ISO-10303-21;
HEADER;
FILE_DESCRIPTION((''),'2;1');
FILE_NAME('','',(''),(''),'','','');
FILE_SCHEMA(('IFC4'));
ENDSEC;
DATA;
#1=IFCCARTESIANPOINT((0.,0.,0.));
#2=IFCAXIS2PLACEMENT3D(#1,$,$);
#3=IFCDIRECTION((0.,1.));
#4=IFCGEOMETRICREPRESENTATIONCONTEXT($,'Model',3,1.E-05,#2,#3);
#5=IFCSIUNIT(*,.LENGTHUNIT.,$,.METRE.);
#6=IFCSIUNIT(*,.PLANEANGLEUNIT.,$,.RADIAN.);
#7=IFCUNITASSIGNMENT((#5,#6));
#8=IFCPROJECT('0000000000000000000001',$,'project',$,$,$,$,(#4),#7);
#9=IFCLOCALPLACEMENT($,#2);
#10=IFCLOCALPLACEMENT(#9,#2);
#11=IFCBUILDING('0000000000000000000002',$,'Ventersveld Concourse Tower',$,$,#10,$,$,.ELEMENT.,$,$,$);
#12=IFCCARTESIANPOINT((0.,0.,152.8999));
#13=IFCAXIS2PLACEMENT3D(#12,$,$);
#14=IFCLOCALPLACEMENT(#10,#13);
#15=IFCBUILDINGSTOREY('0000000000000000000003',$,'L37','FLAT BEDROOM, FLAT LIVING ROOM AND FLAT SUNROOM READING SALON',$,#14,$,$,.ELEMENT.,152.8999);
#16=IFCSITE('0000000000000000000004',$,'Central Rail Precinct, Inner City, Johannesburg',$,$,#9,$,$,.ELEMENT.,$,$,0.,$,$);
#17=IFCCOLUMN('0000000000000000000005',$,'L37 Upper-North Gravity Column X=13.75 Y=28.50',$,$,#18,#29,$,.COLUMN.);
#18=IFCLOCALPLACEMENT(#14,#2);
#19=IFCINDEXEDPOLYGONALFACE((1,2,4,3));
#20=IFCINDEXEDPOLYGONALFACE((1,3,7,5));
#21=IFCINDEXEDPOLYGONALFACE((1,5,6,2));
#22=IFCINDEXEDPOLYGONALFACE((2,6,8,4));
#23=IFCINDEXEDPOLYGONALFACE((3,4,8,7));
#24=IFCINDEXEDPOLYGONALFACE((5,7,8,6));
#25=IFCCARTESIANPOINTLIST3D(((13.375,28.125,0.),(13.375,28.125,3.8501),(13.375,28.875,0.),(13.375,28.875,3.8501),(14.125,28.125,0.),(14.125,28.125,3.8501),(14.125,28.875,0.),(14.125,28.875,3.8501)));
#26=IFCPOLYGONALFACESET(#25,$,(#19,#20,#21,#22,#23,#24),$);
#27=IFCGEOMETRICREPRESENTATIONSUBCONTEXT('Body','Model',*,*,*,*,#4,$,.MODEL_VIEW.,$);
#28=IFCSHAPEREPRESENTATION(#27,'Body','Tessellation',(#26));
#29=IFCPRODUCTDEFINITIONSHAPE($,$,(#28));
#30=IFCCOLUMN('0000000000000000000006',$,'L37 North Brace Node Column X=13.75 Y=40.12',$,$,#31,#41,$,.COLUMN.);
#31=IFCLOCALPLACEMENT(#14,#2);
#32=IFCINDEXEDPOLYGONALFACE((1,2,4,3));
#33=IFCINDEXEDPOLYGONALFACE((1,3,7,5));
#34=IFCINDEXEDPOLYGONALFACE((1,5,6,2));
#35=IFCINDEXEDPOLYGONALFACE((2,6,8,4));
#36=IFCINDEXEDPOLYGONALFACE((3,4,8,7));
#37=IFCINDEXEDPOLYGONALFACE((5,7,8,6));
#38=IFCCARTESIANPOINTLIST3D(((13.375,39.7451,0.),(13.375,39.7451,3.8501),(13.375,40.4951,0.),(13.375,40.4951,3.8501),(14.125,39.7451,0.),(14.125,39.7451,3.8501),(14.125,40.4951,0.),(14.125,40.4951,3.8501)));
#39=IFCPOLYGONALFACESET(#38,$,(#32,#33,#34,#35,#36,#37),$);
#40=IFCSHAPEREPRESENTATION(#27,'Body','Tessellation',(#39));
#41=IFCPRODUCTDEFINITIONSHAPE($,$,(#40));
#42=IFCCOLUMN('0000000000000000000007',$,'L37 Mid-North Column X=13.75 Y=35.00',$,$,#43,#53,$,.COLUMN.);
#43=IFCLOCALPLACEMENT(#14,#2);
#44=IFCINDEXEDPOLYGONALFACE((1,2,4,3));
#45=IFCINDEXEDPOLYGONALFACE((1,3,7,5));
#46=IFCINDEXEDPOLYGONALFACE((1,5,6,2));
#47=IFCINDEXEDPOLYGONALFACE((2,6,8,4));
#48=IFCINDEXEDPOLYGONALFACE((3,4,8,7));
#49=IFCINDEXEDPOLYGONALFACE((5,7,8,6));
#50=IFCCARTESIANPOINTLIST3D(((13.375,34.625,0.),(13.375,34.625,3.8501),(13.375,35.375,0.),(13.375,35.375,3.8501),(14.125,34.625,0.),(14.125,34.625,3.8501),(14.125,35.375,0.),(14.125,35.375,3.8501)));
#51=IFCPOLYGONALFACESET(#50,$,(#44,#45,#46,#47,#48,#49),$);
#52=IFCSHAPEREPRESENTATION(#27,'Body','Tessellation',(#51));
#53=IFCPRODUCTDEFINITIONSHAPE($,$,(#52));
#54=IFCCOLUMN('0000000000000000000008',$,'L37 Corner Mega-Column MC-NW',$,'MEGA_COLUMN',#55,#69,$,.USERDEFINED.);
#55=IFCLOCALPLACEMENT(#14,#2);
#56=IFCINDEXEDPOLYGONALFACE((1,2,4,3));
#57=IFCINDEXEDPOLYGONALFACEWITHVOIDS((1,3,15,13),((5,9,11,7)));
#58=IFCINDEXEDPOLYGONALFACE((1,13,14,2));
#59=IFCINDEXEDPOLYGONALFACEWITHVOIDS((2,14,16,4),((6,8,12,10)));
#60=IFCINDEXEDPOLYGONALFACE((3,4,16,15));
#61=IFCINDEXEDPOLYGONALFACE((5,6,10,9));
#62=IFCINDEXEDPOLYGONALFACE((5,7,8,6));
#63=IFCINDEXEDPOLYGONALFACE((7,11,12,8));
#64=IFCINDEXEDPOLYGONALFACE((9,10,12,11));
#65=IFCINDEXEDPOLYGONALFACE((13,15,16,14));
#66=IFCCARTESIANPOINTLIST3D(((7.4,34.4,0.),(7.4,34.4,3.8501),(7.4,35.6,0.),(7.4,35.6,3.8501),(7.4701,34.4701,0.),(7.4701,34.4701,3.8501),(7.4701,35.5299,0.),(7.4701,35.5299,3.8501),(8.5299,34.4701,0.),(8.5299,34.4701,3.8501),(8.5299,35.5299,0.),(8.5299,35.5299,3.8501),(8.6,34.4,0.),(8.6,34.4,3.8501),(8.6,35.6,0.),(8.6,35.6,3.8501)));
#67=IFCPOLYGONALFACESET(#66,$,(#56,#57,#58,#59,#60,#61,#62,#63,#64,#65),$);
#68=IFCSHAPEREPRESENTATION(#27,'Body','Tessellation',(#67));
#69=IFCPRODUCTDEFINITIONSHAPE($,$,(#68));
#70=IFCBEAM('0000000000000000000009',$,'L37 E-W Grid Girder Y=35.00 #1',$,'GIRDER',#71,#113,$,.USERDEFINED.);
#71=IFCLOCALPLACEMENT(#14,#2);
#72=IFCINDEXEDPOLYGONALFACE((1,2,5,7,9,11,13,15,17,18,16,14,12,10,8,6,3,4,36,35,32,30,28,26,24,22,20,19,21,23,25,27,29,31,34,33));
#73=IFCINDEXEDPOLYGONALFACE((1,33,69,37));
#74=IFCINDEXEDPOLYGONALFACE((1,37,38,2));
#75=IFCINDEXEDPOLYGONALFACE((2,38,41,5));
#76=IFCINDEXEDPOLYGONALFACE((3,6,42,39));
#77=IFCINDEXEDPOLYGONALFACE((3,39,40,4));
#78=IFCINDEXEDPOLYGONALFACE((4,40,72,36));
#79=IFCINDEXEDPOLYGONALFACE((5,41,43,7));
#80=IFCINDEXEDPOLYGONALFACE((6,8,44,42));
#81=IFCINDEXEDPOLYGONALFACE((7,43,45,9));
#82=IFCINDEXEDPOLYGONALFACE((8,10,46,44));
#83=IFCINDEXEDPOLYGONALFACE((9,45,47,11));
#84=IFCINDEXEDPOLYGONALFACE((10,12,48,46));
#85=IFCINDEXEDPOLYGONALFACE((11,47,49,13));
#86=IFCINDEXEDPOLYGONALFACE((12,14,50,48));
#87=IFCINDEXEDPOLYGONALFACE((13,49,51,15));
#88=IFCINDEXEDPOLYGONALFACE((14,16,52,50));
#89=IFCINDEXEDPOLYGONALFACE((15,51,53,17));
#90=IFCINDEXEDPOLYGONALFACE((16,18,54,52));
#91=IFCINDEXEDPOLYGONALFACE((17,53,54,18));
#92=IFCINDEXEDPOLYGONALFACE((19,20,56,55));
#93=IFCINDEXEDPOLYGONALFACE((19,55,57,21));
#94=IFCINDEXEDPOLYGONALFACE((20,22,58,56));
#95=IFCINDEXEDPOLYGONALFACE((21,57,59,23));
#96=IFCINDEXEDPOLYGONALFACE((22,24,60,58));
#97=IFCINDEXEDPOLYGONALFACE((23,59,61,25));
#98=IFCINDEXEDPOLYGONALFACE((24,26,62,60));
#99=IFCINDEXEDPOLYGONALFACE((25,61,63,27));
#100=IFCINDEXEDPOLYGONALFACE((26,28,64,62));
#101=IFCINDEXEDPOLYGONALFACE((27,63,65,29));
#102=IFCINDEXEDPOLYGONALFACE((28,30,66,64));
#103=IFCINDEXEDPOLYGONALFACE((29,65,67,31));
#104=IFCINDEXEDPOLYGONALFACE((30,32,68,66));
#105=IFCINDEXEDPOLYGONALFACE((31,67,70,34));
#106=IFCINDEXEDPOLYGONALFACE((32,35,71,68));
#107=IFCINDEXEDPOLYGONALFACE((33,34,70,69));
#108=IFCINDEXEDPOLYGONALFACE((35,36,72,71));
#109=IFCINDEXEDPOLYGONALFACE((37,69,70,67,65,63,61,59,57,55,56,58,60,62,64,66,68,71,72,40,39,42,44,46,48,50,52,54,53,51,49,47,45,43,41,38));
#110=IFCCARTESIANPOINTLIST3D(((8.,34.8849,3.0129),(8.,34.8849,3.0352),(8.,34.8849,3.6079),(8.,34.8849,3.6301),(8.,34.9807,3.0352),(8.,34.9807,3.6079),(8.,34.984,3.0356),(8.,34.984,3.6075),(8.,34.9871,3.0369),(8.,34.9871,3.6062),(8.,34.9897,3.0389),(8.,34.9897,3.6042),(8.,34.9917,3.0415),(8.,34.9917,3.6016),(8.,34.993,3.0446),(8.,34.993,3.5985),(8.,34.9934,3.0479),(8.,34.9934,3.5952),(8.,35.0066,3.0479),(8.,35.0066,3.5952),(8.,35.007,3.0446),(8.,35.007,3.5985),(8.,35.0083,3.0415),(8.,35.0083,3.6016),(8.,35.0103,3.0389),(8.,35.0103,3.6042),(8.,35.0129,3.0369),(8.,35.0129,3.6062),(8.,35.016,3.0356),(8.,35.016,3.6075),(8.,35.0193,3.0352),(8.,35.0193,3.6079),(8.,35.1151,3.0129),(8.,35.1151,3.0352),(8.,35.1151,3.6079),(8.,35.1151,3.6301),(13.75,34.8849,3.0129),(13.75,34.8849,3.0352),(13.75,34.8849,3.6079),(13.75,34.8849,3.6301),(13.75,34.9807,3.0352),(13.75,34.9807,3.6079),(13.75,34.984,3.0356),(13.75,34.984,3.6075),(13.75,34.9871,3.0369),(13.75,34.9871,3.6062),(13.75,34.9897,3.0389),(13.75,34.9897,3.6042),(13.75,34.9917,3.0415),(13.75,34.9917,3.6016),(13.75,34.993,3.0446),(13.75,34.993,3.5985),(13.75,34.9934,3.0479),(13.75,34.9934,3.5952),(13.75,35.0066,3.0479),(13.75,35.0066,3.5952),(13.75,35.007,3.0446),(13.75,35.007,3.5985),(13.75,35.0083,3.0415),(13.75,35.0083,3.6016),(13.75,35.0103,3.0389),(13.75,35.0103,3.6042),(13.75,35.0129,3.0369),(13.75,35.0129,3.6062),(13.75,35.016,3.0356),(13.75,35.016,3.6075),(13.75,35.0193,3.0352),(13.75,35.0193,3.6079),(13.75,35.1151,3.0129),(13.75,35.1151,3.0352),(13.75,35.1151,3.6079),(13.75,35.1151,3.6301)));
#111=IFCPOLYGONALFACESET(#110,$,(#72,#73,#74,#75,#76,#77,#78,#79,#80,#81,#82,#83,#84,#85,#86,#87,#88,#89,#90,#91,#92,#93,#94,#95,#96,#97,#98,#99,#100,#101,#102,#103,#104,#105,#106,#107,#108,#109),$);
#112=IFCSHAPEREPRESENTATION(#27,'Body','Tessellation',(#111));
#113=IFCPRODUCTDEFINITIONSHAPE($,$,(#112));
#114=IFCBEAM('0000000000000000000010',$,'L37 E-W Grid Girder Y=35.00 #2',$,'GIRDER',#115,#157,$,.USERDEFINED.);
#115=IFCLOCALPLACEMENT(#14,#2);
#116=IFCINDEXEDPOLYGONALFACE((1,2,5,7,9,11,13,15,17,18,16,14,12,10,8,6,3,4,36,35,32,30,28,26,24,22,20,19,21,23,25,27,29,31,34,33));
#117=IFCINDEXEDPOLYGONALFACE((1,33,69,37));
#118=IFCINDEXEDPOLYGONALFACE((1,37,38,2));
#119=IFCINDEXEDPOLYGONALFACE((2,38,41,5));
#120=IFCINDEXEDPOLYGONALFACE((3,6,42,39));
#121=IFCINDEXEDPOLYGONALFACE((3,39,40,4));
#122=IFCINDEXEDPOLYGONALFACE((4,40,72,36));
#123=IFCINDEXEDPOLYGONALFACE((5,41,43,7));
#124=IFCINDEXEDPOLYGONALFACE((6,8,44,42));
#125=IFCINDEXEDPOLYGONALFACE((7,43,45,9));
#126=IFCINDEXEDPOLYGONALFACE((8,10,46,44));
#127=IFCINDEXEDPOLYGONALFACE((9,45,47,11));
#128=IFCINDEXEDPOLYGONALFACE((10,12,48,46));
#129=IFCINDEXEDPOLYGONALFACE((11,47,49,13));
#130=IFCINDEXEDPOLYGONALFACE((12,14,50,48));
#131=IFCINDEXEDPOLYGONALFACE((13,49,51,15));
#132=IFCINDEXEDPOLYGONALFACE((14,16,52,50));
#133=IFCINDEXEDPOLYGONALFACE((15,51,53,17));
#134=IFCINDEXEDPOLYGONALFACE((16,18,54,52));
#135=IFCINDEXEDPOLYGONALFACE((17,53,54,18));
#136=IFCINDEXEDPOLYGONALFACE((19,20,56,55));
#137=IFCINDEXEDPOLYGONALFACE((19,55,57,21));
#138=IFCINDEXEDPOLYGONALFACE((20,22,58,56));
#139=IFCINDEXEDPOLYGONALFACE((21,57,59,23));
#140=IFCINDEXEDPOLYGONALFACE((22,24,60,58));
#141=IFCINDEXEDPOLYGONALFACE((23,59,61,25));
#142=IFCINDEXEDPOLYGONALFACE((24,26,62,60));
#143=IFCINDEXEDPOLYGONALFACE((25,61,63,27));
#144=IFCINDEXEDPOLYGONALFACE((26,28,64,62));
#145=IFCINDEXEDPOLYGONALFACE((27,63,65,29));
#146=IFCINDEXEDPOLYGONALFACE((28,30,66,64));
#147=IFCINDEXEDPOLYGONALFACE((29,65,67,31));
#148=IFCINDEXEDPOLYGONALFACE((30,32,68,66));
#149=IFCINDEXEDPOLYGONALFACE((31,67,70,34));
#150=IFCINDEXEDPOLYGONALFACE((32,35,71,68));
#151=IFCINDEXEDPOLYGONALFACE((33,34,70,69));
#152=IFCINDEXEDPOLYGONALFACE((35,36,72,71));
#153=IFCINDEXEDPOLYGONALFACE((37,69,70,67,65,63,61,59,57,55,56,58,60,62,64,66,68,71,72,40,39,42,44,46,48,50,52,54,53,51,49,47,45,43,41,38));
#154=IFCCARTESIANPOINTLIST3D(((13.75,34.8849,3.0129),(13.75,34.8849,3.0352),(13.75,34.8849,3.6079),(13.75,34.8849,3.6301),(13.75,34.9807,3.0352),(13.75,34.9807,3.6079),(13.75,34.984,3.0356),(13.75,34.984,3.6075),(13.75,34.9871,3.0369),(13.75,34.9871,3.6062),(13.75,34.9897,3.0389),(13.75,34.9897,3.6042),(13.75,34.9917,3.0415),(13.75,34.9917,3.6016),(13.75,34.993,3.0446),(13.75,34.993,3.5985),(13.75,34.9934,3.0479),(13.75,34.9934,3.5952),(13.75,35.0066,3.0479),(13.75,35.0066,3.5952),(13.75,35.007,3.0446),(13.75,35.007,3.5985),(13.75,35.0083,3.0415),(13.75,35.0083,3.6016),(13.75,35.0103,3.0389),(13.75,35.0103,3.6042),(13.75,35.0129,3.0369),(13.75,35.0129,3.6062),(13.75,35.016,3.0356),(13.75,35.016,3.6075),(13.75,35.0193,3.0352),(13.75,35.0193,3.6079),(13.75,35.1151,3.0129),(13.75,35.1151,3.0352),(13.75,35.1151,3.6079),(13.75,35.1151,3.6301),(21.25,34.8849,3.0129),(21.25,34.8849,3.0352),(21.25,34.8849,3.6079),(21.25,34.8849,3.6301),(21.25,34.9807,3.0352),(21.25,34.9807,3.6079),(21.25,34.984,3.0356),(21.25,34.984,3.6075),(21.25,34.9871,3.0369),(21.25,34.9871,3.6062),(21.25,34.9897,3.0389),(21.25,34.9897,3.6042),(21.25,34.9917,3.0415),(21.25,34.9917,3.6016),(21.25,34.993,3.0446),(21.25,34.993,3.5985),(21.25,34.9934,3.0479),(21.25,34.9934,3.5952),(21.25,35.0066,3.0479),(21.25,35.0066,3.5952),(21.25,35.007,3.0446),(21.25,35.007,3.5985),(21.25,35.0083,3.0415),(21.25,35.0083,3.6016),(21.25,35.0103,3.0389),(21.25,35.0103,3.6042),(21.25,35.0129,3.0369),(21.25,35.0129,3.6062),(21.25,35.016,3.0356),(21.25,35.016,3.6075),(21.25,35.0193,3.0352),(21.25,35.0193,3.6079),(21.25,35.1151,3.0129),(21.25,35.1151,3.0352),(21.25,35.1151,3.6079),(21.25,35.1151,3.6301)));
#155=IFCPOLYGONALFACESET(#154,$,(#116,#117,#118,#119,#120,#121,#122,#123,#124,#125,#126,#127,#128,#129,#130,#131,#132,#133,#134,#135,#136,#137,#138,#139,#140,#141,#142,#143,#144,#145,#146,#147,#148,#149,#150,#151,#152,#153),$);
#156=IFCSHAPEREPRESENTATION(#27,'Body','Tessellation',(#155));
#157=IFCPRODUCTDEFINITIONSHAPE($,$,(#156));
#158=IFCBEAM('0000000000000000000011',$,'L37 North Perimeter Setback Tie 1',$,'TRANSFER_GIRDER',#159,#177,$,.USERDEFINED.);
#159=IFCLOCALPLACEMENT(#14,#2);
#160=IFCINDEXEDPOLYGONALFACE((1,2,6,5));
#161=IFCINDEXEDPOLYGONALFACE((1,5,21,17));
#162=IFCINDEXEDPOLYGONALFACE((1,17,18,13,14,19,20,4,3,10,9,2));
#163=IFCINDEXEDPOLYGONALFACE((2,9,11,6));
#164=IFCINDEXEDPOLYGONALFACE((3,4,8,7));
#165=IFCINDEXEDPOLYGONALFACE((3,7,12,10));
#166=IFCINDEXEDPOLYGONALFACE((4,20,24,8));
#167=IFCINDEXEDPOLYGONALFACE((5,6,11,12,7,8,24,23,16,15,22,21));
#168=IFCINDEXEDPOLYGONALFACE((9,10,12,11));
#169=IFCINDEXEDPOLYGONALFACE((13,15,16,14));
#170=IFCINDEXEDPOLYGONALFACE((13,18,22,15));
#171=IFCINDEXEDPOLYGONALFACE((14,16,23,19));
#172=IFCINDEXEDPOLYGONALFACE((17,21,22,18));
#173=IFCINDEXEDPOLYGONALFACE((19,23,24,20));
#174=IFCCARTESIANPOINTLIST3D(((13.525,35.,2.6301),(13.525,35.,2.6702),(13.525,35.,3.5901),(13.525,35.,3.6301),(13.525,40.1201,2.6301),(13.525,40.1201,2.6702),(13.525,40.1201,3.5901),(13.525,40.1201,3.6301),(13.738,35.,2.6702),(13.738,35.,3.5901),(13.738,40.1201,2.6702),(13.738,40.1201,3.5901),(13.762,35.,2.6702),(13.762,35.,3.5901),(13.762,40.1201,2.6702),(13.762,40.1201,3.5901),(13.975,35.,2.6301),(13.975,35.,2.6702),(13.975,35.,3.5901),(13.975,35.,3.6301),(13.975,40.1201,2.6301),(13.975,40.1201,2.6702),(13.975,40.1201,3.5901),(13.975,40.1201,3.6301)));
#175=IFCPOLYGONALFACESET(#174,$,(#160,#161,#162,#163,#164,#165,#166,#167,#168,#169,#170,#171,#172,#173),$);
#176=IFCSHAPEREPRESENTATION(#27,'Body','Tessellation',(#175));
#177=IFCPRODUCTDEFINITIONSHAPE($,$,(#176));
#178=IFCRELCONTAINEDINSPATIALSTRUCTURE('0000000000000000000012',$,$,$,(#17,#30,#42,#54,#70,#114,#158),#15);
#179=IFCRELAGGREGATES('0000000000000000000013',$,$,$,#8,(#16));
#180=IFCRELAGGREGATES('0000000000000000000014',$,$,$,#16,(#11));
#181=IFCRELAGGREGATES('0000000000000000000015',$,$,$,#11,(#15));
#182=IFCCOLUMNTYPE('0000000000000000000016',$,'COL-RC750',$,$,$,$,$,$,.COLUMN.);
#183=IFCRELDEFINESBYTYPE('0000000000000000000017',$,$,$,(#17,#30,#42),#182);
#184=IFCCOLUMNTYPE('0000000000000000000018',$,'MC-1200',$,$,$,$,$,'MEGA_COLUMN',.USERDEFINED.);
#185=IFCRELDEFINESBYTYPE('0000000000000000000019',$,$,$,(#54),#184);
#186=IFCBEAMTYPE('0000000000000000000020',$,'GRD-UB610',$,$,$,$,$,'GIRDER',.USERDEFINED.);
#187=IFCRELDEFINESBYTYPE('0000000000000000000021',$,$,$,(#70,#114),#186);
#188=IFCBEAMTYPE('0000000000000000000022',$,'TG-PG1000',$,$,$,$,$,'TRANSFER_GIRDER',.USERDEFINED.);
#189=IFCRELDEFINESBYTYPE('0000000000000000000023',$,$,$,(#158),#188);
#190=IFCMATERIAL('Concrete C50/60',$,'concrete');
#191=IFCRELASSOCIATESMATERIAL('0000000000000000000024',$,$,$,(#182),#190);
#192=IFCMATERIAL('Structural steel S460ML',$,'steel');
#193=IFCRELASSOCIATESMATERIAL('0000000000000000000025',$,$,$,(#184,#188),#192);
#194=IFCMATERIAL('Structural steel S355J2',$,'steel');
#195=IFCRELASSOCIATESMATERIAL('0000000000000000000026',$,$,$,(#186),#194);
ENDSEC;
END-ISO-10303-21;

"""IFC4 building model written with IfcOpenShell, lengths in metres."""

from ifc_helpers import new_model, si_unit, direction, frame, origin, origin_2d, place, context, subcontext, project, spatial, rectangle, hollow_rectangle, i_section, extrude, material, material_profile, profile_set, type_object, element, save


model = new_model("IFC4")

# Units and contexts
model_context = context("Model", 3, precision=1e-05, world=origin(), true_north=direction((0.0, 1.0)))
body_context = subcontext(model_context, "Body", "Model", "MODEL_VIEW")
ifc_project = project(units=[si_unit("LENGTHUNIT", "METRE"), si_unit("PLANEANGLEUNIT", "RADIAN")], contexts=[model_context])

# Site, building, storey
site_placement = place(None, origin())
site = spatial("IfcSite", under=ifc_project, at=site_placement, Name="Central Rail Precinct, Inner City, Johannesburg", CompositionType="ELEMENT", RefElevation=0.0)
building_placement = place(site_placement, origin())
building = spatial("IfcBuilding", under=site, at=building_placement, Name="Ventersveld Concourse Tower", CompositionType="ELEMENT")
storey_placement = place(building_placement, frame((0.0, 0.0, 152.8999)))
storey = spatial("IfcBuildingStorey", under=building, at=storey_placement, Name="L37", Description="FLAT BEDROOM, FLAT LIVING ROOM AND FLAT SUNROOM READING SALON", CompositionType="ELEMENT", Elevation=152.8999)

# Columns
ifc_material_1 = material(Name="Concrete C50/60", Category="concrete")
ifc_material_profile_1 = material_profile(ifc_material_1, rectangle(XDim=0.75, YDim=0.75, at=origin_2d()), Name="RC 750x750")
ifc_profile_set_1 = profile_set([ifc_material_profile_1], Name="Concrete C50/60")
column_type_1 = type_object("IfcColumnType", Name="COL-RC750", PredefinedType="COLUMN", material=ifc_profile_set_1)
for number, where, z_axis, x_axis, name in (
    (1, (13.75, 28.5, 0.0), (0.0, 0.0, 1.0), (1.0, 0.0, 0.0), "L37 Upper-North Gravity Column X=13.75 Y=28.50"),
    (2, (13.75, 40.1201, 0.0), (0.0, 0.0, 1.0), (1.0, 0.0, 0.0), "L37 North Brace Node Column X=13.75 Y=40.12"),
    (3, (13.75, 35.0, 0.0), (0.0, 0.0, 1.0), (1.0, 0.0, 0.0), "L37 Mid-North Column X=13.75 Y=35.00"),
):
    element("IfcColumn", number, at=place(storey_placement, frame(where, z_axis=z_axis, x_axis=x_axis)), inside=storey, type_object=column_type_1, Name=name, PredefinedType="COLUMN", context=body_context, shape_type="SweptSolid", body=[
        extrude(rectangle(XDim=0.75, YDim=0.75, at=origin_2d()), origin(), (0.0, 0.0, 1.0), 3.8501),
    ])
ifc_material_2 = material(Name="Structural steel S460ML", Category="steel")
ifc_material_profile_2 = material_profile(ifc_material_2, hollow_rectangle(XDim=1.2, YDim=1.2, WallThickness=0.0701, at=origin_2d()), Name="BOX 1200x1200x70")
ifc_profile_set_2 = profile_set([ifc_material_profile_2], Name="Structural steel S460ML")
column_type_2 = type_object("IfcColumnType", Name="MC-1200", ElementType="MEGA_COLUMN", PredefinedType="USERDEFINED", material=ifc_profile_set_2)
column_placement = place(storey_placement, frame((8.0, 35.0, 0.0), z_axis=(0.0, 0.0, 1.0), x_axis=(1.0, 0.0, 0.0)))
element("IfcColumn", 4, at=column_placement, inside=storey, type_object=column_type_2, Name="L37 Corner Mega-Column MC-NW", ObjectType="MEGA_COLUMN", PredefinedType="USERDEFINED", context=body_context, shape_type="SweptSolid", body=[
    extrude(hollow_rectangle(XDim=1.2, YDim=1.2, WallThickness=0.0701, at=origin_2d()), origin(), (0.0, 0.0, 1.0), 3.8501),
])

# Beams
ifc_material_3 = material(Name="Structural steel S355J2", Category="steel")
ifc_material_profile_3 = material_profile(ifc_material_3, i_section(OverallWidth=0.2302, OverallDepth=0.6172, WebThickness=0.0132, FlangeThickness=0.0222, FilletRadius=0.0127, at=origin_2d()), Name="UB 610x229x140")
ifc_profile_set_3 = profile_set([ifc_material_profile_3], Name="Structural steel S355J2")
beam_type_1 = type_object("IfcBeamType", Name="GRD-UB610", ElementType="GIRDER", PredefinedType="USERDEFINED", material=ifc_profile_set_3)
beam_1_placement = place(storey_placement, frame((8.0, 35.0, 3.3215), z_axis=(1.0, 0.0, 0.0), x_axis=(0.0, 1.0, 0.0)))
element("IfcBeam", 5, at=beam_1_placement, inside=storey, type_object=beam_type_1, Name="L37 E-W Grid Girder Y=35.00 #1", ObjectType="GIRDER", PredefinedType="USERDEFINED", context=body_context, shape_type="SweptSolid", body=[
    extrude(i_section(OverallWidth=0.2302, OverallDepth=0.6172, WebThickness=0.0132, FlangeThickness=0.0222, FilletRadius=0.0127, at=origin_2d()), origin(), (0.0, 0.0, 1.0), 5.75),
])
beam_2_placement = place(storey_placement, frame((13.75, 35.0, 3.3215), z_axis=(1.0, 0.0, 0.0), x_axis=(0.0, 1.0, 0.0)))
element("IfcBeam", 6, at=beam_2_placement, inside=storey, type_object=beam_type_1, Name="L37 E-W Grid Girder Y=35.00 #2", ObjectType="GIRDER", PredefinedType="USERDEFINED", context=body_context, shape_type="SweptSolid", body=[
    extrude(i_section(OverallWidth=0.2302, OverallDepth=0.6172, WebThickness=0.0132, FlangeThickness=0.0222, FilletRadius=0.0127, at=origin_2d()), origin(), (0.0, 0.0, 1.0), 7.5),
])
ifc_material_profile_4 = material_profile(ifc_material_2, i_section(OverallWidth=0.45, OverallDepth=1.0, WebThickness=0.0239, FlangeThickness=0.04, at=origin_2d()), Name="PG 1000x450x40")
ifc_profile_set_4 = profile_set([ifc_material_profile_4], Name="Structural steel S460ML")
beam_type_2 = type_object("IfcBeamType", Name="TG-PG1000", ElementType="TRANSFER_GIRDER", PredefinedType="USERDEFINED", material=ifc_profile_set_4)
beam_3_placement = place(storey_placement, frame((13.75, 35.0, 3.1301), z_axis=(0.0, 1.0, 0.0), x_axis=(-1.0, 0.0, 0.0)))
element("IfcBeam", 7, at=beam_3_placement, inside=storey, type_object=beam_type_2, Name="L37 North Perimeter Setback Tie 1", ObjectType="TRANSFER_GIRDER", PredefinedType="USERDEFINED", context=body_context, shape_type="SweptSolid", body=[
    extrude(i_section(OverallWidth=0.45, OverallDepth=1.0, WebThickness=0.0239, FlangeThickness=0.04, at=origin_2d()), origin(), (0.0, 0.0, 1.0), 5.1201),
])

save(model, "model.ifc")
